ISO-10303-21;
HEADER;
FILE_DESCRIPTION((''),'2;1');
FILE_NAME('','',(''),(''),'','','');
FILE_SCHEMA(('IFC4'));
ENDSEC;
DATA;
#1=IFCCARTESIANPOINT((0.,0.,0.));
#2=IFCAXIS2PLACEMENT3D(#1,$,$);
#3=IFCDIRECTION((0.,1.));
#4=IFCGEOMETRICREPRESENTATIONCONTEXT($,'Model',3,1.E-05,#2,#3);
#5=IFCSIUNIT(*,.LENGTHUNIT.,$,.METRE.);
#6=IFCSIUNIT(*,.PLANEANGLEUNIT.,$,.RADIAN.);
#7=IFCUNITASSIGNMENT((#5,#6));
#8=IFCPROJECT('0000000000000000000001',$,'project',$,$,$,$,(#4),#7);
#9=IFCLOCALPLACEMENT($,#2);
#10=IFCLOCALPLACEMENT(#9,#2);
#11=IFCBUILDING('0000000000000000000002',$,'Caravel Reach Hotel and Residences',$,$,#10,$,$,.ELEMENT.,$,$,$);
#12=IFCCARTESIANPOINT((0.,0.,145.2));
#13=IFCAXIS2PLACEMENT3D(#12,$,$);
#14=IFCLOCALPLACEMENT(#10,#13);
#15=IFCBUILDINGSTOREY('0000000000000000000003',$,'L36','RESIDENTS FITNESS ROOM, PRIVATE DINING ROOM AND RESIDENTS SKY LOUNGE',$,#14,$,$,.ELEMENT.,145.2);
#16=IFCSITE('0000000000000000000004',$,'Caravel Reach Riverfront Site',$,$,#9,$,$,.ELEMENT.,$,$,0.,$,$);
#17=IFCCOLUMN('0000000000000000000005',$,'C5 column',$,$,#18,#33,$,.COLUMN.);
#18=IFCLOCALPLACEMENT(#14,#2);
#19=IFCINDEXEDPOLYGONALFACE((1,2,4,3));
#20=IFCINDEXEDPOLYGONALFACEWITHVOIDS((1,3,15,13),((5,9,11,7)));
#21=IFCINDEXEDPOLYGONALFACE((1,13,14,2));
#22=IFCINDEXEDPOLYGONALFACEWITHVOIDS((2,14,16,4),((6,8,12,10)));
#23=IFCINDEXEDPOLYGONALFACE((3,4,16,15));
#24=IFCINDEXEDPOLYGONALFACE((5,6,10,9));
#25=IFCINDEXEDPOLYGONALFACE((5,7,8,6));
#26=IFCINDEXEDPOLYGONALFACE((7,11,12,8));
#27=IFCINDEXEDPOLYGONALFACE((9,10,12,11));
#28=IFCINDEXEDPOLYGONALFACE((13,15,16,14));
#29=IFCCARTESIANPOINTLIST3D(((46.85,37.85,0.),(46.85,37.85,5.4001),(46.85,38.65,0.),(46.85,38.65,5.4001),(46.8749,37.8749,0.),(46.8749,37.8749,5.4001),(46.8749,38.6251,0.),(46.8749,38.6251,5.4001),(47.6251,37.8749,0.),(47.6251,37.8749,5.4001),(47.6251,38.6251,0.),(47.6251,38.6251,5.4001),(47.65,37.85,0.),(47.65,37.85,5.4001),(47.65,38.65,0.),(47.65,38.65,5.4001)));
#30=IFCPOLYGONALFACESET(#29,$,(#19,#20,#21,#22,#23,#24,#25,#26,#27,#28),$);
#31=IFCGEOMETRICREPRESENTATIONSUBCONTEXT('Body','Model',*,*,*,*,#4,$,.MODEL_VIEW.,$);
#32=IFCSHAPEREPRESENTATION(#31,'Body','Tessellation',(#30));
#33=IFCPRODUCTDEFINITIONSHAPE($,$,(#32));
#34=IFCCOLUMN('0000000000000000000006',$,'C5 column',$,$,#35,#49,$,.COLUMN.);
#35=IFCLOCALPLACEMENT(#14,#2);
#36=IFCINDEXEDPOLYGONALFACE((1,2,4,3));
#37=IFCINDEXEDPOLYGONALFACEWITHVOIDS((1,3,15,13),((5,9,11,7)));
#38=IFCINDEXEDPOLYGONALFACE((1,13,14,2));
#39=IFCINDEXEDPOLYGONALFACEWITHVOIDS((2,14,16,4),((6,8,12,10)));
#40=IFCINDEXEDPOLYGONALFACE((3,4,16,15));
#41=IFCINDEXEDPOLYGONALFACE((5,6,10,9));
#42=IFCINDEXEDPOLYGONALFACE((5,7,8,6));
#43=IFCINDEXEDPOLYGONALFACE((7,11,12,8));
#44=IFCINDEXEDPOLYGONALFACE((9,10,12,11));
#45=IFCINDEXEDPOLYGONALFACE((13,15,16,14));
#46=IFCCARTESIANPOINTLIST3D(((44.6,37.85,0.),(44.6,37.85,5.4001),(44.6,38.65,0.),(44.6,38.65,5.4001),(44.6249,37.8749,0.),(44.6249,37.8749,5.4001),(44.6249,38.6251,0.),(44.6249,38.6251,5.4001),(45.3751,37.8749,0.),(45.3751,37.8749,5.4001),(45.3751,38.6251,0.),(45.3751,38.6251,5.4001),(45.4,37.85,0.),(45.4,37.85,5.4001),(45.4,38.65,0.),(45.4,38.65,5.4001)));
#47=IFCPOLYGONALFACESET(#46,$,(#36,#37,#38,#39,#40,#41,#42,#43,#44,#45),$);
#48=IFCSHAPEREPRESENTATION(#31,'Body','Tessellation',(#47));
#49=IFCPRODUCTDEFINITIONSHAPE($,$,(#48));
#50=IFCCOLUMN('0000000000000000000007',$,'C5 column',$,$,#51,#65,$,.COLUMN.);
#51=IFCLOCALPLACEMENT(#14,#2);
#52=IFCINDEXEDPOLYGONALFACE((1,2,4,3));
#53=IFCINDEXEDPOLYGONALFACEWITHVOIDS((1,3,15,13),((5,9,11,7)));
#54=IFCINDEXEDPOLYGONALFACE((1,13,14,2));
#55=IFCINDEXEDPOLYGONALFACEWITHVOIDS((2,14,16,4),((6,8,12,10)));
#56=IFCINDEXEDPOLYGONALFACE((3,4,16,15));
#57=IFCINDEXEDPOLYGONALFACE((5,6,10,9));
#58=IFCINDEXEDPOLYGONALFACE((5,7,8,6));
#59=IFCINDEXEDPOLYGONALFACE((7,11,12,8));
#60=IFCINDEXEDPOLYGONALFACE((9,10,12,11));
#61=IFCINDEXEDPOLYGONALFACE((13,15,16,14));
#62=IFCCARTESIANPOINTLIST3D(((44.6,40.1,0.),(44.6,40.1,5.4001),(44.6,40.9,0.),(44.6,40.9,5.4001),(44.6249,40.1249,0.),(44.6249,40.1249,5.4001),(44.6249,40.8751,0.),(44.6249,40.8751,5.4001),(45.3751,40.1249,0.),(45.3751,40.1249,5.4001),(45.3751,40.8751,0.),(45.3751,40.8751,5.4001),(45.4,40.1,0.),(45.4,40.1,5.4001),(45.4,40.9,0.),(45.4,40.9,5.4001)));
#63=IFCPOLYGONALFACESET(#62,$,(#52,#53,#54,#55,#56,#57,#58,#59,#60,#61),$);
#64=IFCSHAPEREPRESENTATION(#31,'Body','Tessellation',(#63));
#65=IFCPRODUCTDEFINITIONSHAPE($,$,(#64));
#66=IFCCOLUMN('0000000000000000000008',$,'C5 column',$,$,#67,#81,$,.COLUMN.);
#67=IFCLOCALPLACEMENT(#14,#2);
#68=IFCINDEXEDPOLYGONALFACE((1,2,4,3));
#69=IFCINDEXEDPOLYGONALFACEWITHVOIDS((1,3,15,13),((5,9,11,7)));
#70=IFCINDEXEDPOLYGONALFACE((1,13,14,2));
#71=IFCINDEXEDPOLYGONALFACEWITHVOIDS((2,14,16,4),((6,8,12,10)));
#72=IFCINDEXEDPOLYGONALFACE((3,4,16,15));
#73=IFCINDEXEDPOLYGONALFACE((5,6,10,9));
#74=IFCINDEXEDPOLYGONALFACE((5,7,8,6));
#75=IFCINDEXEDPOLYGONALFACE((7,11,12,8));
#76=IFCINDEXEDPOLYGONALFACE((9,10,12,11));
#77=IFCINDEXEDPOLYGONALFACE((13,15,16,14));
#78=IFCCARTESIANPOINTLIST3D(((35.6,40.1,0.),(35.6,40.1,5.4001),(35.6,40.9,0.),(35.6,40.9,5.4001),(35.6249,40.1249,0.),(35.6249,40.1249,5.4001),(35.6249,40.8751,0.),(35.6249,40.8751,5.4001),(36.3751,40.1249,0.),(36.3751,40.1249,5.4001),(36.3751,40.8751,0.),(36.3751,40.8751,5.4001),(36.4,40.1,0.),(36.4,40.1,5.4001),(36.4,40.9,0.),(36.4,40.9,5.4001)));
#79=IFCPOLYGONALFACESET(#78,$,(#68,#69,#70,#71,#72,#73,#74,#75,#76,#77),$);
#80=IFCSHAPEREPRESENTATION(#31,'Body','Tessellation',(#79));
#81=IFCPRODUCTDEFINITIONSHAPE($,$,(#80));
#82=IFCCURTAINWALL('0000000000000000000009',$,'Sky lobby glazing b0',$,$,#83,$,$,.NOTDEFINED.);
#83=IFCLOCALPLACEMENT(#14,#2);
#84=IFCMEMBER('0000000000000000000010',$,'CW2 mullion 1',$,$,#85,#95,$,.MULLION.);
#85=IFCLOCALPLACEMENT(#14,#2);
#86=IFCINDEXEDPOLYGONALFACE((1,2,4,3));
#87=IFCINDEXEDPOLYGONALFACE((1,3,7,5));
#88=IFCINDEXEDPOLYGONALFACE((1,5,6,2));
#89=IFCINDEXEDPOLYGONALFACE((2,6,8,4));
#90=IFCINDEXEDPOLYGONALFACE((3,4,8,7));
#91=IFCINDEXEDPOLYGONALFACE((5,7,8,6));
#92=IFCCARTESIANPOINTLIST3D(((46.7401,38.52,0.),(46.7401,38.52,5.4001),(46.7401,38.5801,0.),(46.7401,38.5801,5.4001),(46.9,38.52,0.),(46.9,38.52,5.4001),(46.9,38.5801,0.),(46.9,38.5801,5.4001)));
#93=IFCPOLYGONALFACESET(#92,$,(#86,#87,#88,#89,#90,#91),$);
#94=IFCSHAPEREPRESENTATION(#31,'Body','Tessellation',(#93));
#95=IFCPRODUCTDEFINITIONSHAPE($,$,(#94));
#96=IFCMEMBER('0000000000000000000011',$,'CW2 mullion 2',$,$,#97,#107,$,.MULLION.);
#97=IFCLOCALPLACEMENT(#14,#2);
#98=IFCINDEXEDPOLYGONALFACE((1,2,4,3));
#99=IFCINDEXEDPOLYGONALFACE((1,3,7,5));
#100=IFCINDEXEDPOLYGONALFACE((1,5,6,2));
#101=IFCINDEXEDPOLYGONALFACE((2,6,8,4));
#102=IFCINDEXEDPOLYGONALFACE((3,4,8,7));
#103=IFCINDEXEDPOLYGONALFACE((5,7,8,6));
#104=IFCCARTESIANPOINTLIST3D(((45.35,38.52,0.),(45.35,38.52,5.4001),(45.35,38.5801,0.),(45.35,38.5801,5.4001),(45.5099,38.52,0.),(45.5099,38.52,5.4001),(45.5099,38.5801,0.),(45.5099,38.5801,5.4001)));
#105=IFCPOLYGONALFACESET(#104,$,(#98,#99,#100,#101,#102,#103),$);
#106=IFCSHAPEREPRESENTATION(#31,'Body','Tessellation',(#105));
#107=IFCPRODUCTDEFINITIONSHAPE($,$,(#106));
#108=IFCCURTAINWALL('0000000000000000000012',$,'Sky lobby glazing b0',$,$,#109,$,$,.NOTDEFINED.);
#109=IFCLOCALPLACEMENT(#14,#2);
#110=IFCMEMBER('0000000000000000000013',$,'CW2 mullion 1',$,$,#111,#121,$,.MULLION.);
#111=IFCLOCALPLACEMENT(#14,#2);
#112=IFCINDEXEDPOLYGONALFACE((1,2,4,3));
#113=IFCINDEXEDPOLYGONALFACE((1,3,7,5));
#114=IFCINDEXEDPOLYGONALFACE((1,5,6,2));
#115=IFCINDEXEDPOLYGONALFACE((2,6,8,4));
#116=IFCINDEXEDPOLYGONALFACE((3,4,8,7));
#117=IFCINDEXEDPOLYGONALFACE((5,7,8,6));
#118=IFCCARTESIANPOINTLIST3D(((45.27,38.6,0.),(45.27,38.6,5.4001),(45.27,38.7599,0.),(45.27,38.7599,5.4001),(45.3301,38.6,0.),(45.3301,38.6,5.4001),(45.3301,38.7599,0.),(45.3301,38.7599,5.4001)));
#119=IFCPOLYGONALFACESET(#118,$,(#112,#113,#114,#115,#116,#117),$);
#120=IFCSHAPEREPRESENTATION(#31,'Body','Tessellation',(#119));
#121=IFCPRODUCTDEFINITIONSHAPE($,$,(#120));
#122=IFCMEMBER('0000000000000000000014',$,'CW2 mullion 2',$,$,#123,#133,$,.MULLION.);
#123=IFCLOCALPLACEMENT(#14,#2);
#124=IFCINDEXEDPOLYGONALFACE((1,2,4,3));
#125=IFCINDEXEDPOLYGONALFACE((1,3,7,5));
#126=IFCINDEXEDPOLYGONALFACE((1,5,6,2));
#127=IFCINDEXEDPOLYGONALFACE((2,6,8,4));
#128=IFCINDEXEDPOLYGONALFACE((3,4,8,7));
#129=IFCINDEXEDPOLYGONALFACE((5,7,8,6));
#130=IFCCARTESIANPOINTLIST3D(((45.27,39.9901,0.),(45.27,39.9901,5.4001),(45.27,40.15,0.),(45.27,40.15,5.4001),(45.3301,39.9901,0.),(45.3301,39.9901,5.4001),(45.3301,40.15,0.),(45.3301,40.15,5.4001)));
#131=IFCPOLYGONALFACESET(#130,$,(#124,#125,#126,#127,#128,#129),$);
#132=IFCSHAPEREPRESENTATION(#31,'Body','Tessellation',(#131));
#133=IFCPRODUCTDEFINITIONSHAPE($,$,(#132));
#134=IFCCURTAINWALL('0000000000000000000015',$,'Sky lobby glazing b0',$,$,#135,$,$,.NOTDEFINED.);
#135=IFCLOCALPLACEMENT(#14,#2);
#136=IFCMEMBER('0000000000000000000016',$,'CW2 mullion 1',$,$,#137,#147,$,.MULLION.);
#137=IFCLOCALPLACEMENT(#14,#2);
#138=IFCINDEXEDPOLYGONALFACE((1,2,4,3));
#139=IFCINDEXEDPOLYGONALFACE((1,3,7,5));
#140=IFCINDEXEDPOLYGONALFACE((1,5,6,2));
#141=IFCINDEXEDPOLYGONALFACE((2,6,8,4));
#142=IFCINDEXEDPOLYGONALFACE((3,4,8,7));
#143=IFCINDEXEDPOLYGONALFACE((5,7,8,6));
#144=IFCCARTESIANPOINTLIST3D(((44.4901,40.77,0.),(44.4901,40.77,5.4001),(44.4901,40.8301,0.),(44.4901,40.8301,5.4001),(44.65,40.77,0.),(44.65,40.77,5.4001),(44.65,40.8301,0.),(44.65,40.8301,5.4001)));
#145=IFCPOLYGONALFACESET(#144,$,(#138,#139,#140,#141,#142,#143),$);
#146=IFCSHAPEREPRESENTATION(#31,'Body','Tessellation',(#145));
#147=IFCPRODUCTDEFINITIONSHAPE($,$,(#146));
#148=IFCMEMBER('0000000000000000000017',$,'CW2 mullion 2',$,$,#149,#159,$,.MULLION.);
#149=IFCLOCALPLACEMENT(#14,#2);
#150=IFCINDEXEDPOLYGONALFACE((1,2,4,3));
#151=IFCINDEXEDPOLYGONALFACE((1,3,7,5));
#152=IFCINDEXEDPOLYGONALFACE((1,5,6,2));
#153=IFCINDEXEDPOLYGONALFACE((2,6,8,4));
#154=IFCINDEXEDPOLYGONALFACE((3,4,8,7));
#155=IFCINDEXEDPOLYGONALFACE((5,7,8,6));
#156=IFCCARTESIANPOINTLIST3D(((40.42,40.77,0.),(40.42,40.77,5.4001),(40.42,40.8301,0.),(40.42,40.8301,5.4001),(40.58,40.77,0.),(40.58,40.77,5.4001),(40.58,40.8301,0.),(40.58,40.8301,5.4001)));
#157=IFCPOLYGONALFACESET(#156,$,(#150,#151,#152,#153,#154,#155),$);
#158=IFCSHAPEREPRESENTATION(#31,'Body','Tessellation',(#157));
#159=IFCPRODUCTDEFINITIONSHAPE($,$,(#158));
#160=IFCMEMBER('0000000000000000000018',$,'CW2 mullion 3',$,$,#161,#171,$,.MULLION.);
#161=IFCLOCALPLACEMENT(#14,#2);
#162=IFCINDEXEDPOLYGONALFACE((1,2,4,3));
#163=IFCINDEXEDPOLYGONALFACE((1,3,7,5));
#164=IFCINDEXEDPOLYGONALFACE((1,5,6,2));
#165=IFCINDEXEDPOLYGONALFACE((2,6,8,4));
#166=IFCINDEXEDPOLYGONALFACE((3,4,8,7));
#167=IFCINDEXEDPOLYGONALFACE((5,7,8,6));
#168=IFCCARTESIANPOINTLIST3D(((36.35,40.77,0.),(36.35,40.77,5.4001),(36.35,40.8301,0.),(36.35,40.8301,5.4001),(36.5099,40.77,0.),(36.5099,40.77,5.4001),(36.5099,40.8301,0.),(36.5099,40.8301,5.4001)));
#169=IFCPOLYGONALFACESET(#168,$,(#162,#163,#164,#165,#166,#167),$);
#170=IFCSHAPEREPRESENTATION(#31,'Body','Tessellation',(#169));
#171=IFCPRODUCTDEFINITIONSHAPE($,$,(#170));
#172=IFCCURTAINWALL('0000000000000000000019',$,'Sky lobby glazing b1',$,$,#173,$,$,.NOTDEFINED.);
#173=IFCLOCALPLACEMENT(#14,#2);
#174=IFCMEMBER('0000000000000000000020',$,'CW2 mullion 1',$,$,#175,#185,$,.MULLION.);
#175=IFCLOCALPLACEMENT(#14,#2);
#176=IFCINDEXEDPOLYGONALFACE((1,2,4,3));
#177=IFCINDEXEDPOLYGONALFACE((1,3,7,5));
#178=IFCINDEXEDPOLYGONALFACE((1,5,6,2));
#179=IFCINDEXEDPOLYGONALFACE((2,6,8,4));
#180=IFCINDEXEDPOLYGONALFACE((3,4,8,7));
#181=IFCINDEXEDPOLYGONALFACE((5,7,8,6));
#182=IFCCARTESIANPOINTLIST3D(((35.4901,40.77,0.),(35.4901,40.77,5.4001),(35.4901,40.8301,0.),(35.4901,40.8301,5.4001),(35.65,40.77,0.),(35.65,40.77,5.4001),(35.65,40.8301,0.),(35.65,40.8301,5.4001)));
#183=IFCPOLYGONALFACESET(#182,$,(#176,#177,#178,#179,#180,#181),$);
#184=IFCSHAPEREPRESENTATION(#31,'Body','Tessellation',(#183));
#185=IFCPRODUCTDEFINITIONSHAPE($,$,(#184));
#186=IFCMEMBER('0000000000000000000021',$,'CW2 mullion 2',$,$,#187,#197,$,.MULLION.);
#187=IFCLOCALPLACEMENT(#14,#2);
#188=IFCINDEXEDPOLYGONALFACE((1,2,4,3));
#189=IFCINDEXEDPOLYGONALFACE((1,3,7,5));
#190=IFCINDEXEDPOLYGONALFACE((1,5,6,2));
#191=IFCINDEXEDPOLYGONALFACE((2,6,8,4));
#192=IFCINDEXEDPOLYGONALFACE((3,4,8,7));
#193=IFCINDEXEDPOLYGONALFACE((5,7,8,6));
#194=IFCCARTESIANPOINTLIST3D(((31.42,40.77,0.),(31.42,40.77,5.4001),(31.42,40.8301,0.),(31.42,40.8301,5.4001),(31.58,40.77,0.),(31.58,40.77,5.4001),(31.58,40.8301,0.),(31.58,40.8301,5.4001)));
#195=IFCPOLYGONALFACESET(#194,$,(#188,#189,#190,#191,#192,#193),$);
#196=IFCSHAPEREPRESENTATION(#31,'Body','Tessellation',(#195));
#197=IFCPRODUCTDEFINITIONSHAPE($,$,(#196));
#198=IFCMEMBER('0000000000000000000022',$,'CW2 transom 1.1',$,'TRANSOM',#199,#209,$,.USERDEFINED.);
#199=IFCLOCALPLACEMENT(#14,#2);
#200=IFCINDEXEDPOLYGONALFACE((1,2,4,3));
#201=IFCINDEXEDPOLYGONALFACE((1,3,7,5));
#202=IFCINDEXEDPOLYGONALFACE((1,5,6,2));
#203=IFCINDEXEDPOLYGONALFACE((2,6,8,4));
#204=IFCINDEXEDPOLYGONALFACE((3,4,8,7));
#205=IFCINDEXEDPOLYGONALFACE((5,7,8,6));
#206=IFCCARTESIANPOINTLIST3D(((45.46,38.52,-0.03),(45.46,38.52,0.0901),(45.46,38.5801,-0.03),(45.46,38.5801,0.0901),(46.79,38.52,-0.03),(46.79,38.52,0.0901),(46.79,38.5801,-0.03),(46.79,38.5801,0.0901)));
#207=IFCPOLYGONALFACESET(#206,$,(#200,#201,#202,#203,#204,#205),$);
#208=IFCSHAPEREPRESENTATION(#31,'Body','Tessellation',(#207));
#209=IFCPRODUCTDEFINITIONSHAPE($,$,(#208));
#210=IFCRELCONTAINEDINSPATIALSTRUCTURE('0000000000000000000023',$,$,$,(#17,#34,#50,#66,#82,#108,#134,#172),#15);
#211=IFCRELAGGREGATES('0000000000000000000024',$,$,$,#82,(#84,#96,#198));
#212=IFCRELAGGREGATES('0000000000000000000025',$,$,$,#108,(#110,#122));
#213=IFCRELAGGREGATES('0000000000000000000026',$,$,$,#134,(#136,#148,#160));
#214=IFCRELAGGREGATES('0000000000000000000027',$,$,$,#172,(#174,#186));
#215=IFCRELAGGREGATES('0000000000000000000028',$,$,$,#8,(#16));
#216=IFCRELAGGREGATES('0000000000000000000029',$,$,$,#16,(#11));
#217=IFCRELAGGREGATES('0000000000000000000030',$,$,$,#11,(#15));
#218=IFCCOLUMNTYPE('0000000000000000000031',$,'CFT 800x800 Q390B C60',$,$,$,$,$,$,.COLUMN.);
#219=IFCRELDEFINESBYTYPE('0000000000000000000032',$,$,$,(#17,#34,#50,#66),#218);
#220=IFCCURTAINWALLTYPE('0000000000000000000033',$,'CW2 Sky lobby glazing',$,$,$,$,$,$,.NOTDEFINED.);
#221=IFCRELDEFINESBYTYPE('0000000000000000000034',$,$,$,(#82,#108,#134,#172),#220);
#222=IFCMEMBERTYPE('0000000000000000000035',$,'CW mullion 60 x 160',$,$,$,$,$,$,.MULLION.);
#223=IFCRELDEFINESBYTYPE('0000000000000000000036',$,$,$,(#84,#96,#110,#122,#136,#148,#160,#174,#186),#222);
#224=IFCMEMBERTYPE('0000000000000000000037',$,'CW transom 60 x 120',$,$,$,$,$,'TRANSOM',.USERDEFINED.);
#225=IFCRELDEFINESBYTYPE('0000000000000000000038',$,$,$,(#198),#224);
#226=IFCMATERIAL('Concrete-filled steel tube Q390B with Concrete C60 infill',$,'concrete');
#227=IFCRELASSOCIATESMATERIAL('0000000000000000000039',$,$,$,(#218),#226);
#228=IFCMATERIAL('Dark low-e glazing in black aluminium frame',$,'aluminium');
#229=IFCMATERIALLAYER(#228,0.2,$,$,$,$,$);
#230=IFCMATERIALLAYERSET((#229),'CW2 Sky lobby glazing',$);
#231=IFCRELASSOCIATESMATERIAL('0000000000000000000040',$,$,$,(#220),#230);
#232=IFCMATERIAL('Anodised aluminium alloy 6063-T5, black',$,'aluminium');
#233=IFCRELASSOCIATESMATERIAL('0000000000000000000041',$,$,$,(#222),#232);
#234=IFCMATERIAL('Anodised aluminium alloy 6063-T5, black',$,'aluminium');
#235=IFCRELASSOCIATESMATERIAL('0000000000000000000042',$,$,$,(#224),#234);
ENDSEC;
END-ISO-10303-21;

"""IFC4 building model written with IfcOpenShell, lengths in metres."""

from ifc_helpers import new_model, si_unit, direction, frame, origin, origin_2d, place, context, subcontext, project, spatial, rectangle, hollow_rectangle, extrude, material, layer, layer_set, material_profile, profile_set, type_object, element, aggregate, save


model = new_model("IFC4")

# Units and contexts
model_context = context("Model", 3, precision=1e-05, world=origin(), true_north=direction((0.0, 1.0)))
body_context = subcontext(model_context, "Body", "Model", "MODEL_VIEW")
ifc_project = project(units=[si_unit("LENGTHUNIT", "METRE"), si_unit("PLANEANGLEUNIT", "RADIAN")], contexts=[model_context])

# Site, building, storey
site_placement = place(None, origin())
site = spatial("IfcSite", under=ifc_project, at=site_placement, Name="Caravel Reach Riverfront Site", CompositionType="ELEMENT", RefElevation=0.0)
building_placement = place(site_placement, origin())
building = spatial("IfcBuilding", under=site, at=building_placement, Name="Caravel Reach Hotel and Residences", CompositionType="ELEMENT")
storey_placement = place(building_placement, frame((0.0, 0.0, 145.2)))
storey = spatial("IfcBuildingStorey", under=building, at=storey_placement, Name="L36", Description="RESIDENTS FITNESS ROOM, PRIVATE DINING ROOM AND RESIDENTS SKY LOUNGE", CompositionType="ELEMENT", Elevation=145.2)

# Columns
ifc_material_1 = material(Name="Concrete-filled steel tube Q390B with Concrete C60 infill", Category="concrete")
ifc_material_profile_1 = material_profile(ifc_material_1, hollow_rectangle(XDim=0.8, YDim=0.8, WallThickness=0.0249, at=origin_2d()), Name="RHS 800x800x25")
ifc_profile_set_1 = profile_set([ifc_material_profile_1], Name="Concrete-filled steel tube Q390B with Concrete C60 infill")
column_type = type_object("IfcColumnType", Name="CFT 800x800 Q390B C60", PredefinedType="COLUMN", material=ifc_profile_set_1)
for number, where, z_axis, x_axis, name in (
    (1, (47.25, 38.25, 0.0), (0.0, 0.0, 1.0), (1.0, 0.0, 0.0), "C5 column"),
    (2, (45.0, 38.25, 0.0), (0.0, 0.0, 1.0), (1.0, 0.0, 0.0), "C5 column"),
    (3, (45.0, 40.5, 0.0), (0.0, 0.0, 1.0), (1.0, 0.0, 0.0), "C5 column"),
    (4, (36.0, 40.5, 0.0), (0.0, 0.0, 1.0), (1.0, 0.0, 0.0), "C5 column"),
):
    element("IfcColumn", number, at=place(storey_placement, frame(where, z_axis=z_axis, x_axis=x_axis)), inside=storey, type_object=column_type, Name=name, PredefinedType="COLUMN", context=body_context, shape_type="SweptSolid", body=[
        extrude(hollow_rectangle(XDim=0.8, YDim=0.8, WallThickness=0.0249, at=origin_2d()), origin(), (0.0, 0.0, 1.0), 5.4001),
    ])

# Curtain walls, members
ifc_material_2 = material(Name="Dark low-e glazing in black aluminium frame", Category="aluminium")
ifc_layer_1 = layer(ifc_material_2, 0.2)
ifc_layer_set_1 = layer_set([ifc_layer_1], Name="CW2 Sky lobby glazing")
curtain_wall_type = type_object("IfcCurtainWallType", Name="CW2 Sky lobby glazing", PredefinedType="NOTDEFINED", material=ifc_layer_set_1)
curtain_wall_1_placement = place(storey_placement, origin())
curtain_wall_1 = element("IfcCurtainWall", 5, at=curtain_wall_1_placement, inside=storey, type_object=curtain_wall_type, Name="Sky lobby glazing b0", PredefinedType="NOTDEFINED")
ifc_material_3 = material(Name="Anodised aluminium alloy 6063-T5, black", Category="aluminium")
ifc_material_profile_2 = material_profile(ifc_material_3, rectangle(XDim=0.0601, YDim=0.1599, at=origin_2d()), Name="CW mullion 60 x 160")
ifc_profile_set_2 = profile_set([ifc_material_profile_2], Name="Anodised aluminium alloy 6063-T5, black")
member_type_1 = type_object("IfcMemberType", Name="CW mullion 60 x 160", PredefinedType="MULLION", material=ifc_profile_set_2)
member_1_placement = place(storey_placement, frame((46.8201, 38.55, 0.0), z_axis=(0.0, 0.0, 1.0), x_axis=(0.0, -1.0, 0.0)))
member_1 = element("IfcMember", 6, at=member_1_placement, type_object=member_type_1, Name="CW2 mullion 1", PredefinedType="MULLION", context=body_context, shape_type="SweptSolid", body=[
    extrude(rectangle(XDim=0.0601, YDim=0.1599, at=origin_2d()), origin(), (0.0, 0.0, 1.0), 5.4001),
])
member_2_placement = place(storey_placement, frame((45.4299, 38.55, 0.0), z_axis=(0.0, 0.0, 1.0), x_axis=(0.0, -1.0, 0.0)))
member_2 = element("IfcMember", 7, at=member_2_placement, type_object=member_type_1, Name="CW2 mullion 2", PredefinedType="MULLION", context=body_context, shape_type="SweptSolid", body=[
    extrude(rectangle(XDim=0.0601, YDim=0.1599, at=origin_2d()), origin(), (0.0, 0.0, 1.0), 5.4001),
])
curtain_wall_2_placement = place(storey_placement, origin())
curtain_wall_2 = element("IfcCurtainWall", 8, at=curtain_wall_2_placement, inside=storey, type_object=curtain_wall_type, Name="Sky lobby glazing b0", PredefinedType="NOTDEFINED")
member_3_placement = place(storey_placement, frame((45.3, 38.6799, 0.0), z_axis=(0.0, 0.0, 1.0), x_axis=(-1.0, 0.0, 0.0)))
member_3 = element("IfcMember", 9, at=member_3_placement, type_object=member_type_1, Name="CW2 mullion 1", PredefinedType="MULLION", context=body_context, shape_type="SweptSolid", body=[
    extrude(rectangle(XDim=0.0601, YDim=0.1599, at=origin_2d()), origin(), (0.0, 0.0, 1.0), 5.4001),
])
member_4_placement = place(storey_placement, frame((45.3, 40.0701, 0.0), z_axis=(0.0, 0.0, 1.0), x_axis=(-1.0, 0.0, 0.0)))
member_4 = element("IfcMember", 10, at=member_4_placement, type_object=member_type_1, Name="CW2 mullion 2", PredefinedType="MULLION", context=body_context, shape_type="SweptSolid", body=[
    extrude(rectangle(XDim=0.0601, YDim=0.1599, at=origin_2d()), origin(), (0.0, 0.0, 1.0), 5.4001),
])
curtain_wall_3_placement = place(storey_placement, origin())
curtain_wall_3 = element("IfcCurtainWall", 11, at=curtain_wall_3_placement, inside=storey, type_object=curtain_wall_type, Name="Sky lobby glazing b0", PredefinedType="NOTDEFINED")
member_5_placement = place(storey_placement, frame((44.5701, 40.8, 0.0), z_axis=(0.0, 0.0, 1.0), x_axis=(0.0, -1.0, 0.0)))
member_5 = element("IfcMember", 12, at=member_5_placement, type_object=member_type_1, Name="CW2 mullion 1", PredefinedType="MULLION", context=body_context, shape_type="SweptSolid", body=[
    extrude(rectangle(XDim=0.0601, YDim=0.1599, at=origin_2d()), origin(), (0.0, 0.0, 1.0), 5.4001),
])
member_6_placement = place(storey_placement, frame((40.5, 40.8, 0.0), z_axis=(0.0, 0.0, 1.0), x_axis=(0.0, -1.0, 0.0)))
member_6 = element("IfcMember", 13, at=member_6_placement, type_object=member_type_1, Name="CW2 mullion 2", PredefinedType="MULLION", context=body_context, shape_type="SweptSolid", body=[
    extrude(rectangle(XDim=0.0601, YDim=0.1599, at=origin_2d()), origin(), (0.0, 0.0, 1.0), 5.4001),
])
member_7_placement = place(storey_placement, frame((36.4299, 40.8, 0.0), z_axis=(0.0, 0.0, 1.0), x_axis=(0.0, -1.0, 0.0)))
member_7 = element("IfcMember", 14, at=member_7_placement, type_object=member_type_1, Name="CW2 mullion 3", PredefinedType="MULLION", context=body_context, shape_type="SweptSolid", body=[
    extrude(rectangle(XDim=0.0601, YDim=0.1599, at=origin_2d()), origin(), (0.0, 0.0, 1.0), 5.4001),
])
curtain_wall_4_placement = place(storey_placement, origin())
curtain_wall_4 = element("IfcCurtainWall", 15, at=curtain_wall_4_placement, inside=storey, type_object=curtain_wall_type, Name="Sky lobby glazing b1", PredefinedType="NOTDEFINED")
member_8_placement = place(storey_placement, frame((35.5701, 40.8, 0.0), z_axis=(0.0, 0.0, 1.0), x_axis=(0.0, -1.0, 0.0)))
member_8 = element("IfcMember", 16, at=member_8_placement, type_object=member_type_1, Name="CW2 mullion 1", PredefinedType="MULLION", context=body_context, shape_type="SweptSolid", body=[
    extrude(rectangle(XDim=0.0601, YDim=0.1599, at=origin_2d()), origin(), (0.0, 0.0, 1.0), 5.4001),
])
member_9_placement = place(storey_placement, frame((31.5, 40.8, 0.0), z_axis=(0.0, 0.0, 1.0), x_axis=(0.0, -1.0, 0.0)))
member_9 = element("IfcMember", 17, at=member_9_placement, type_object=member_type_1, Name="CW2 mullion 2", PredefinedType="MULLION", context=body_context, shape_type="SweptSolid", body=[
    extrude(rectangle(XDim=0.0601, YDim=0.1599, at=origin_2d()), origin(), (0.0, 0.0, 1.0), 5.4001),
])

# Member
ifc_material_4 = material(Name="Anodised aluminium alloy 6063-T5, black", Category="aluminium")
ifc_material_profile_3 = material_profile(ifc_material_4, rectangle(XDim=0.0601, YDim=0.1201, at=origin_2d()), Name="CW transom 60 x 120")
ifc_profile_set_3 = profile_set([ifc_material_profile_3], Name="Anodised aluminium alloy 6063-T5, black")
member_type_2 = type_object("IfcMemberType", Name="CW transom 60 x 120", ElementType="TRANSOM", PredefinedType="USERDEFINED", material=ifc_profile_set_3)
member_10_placement = place(storey_placement, frame((46.79, 38.55, 0.03), z_axis=(-1.0, 0.0, 0.0), x_axis=(0.0, -1.0, 0.0)))
member_10 = element("IfcMember", 18, at=member_10_placement, type_object=member_type_2, Name="CW2 transom 1.1", ObjectType="TRANSOM", PredefinedType="USERDEFINED", context=body_context, shape_type="SweptSolid", body=[
    extrude(rectangle(XDim=0.0601, YDim=0.1201, at=origin_2d()), origin(), (0.0, 0.0, 1.0), 1.3301),
])

aggregate(curtain_wall_1, [member_1, member_2, member_10])
aggregate(curtain_wall_2, [member_3, member_4])
aggregate(curtain_wall_3, [member_5, member_6, member_7])
aggregate(curtain_wall_4, [member_8, member_9])

save(model, "model.ifc")
